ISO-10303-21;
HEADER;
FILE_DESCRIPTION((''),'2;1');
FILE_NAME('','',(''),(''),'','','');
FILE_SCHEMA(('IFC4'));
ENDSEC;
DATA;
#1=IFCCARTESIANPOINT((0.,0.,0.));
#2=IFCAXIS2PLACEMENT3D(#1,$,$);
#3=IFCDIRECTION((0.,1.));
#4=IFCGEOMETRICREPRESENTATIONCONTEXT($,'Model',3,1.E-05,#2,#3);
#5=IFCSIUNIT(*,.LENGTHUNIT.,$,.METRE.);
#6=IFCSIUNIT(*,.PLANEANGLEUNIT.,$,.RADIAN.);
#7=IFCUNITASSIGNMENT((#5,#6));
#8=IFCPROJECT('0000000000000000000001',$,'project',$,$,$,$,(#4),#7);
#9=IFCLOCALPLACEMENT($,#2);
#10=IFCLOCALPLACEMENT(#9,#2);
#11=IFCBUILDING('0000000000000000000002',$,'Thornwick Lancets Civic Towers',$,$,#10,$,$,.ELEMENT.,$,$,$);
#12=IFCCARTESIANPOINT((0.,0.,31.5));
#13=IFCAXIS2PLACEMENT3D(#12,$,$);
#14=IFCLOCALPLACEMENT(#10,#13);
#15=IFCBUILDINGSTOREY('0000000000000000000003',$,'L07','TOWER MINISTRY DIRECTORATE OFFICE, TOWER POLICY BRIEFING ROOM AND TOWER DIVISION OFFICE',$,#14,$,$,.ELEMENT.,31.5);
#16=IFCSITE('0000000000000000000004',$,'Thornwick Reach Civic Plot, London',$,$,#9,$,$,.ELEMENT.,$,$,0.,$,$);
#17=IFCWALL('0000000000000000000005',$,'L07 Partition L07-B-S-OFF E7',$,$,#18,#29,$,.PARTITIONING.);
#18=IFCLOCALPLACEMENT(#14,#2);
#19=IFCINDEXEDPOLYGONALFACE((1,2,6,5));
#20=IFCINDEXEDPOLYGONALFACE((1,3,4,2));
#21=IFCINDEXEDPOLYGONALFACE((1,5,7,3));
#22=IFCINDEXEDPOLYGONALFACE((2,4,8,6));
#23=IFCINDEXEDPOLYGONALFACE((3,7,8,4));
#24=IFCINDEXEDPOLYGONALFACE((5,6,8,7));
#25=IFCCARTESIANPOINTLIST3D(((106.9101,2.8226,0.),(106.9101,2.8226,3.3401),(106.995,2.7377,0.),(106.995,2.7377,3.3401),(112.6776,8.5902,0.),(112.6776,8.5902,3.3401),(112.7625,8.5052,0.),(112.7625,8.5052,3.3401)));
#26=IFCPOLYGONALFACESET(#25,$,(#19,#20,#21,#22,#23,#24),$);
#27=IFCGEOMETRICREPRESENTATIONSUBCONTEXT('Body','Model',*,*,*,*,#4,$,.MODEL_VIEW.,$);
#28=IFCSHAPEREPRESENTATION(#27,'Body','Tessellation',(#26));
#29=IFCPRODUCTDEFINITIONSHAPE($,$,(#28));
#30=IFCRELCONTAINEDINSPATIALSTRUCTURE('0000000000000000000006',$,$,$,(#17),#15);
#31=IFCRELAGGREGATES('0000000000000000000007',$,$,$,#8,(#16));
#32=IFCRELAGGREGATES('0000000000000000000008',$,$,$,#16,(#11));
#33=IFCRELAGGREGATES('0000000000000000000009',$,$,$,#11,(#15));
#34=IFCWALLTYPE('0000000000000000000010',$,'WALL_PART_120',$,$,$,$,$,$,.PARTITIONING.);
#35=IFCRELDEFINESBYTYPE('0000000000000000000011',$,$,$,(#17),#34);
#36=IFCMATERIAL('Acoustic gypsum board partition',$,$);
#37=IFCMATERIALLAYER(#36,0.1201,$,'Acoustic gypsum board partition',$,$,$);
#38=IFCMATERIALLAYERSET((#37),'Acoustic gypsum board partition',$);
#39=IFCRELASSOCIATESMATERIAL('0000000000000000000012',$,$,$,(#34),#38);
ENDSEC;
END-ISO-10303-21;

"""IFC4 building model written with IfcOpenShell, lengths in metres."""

from ifc_helpers import new_model, si_unit, direction, frame, frame_2d, origin, place, context, subcontext, project, spatial, rectangle, extrude, material, layer, layer_set, type_object, element, save


model = new_model("IFC4")

# Units and contexts
model_context = context("Model", 3, precision=1e-05, world=origin(), true_north=direction((0.0, 1.0)))
body_context = subcontext(model_context, "Body", "Model", "MODEL_VIEW")
ifc_project = project(units=[si_unit("LENGTHUNIT", "METRE"), si_unit("PLANEANGLEUNIT", "RADIAN")], contexts=[model_context])

# Site, building, storey
site_placement = place(None, origin())
site = spatial("IfcSite", under=ifc_project, at=site_placement, Name="Thornwick Reach Civic Plot, London", CompositionType="ELEMENT", RefElevation=0.0)
building_placement = place(site_placement, origin())
building = spatial("IfcBuilding", under=site, at=building_placement, Name="Thornwick Lancets Civic Towers", CompositionType="ELEMENT")
storey_placement = place(building_placement, frame((0.0, 0.0, 31.5)))
storey = spatial("IfcBuildingStorey", under=building, at=storey_placement, Name="L07", Description="TOWER MINISTRY DIRECTORATE OFFICE, TOWER POLICY BRIEFING ROOM AND TOWER DIVISION OFFICE", CompositionType="ELEMENT", Elevation=31.5)

# Wall
ifc_material_1 = material(Name="Acoustic gypsum board partition")
ifc_layer_1 = layer(ifc_material_1, 0.1201, Name="Acoustic gypsum board partition")
ifc_layer_set_1 = layer_set([ifc_layer_1], Name="Acoustic gypsum board partition")
wall_type_1 = type_object("IfcWallType", Name="WALL_PART_120", PredefinedType="PARTITIONING", material=ifc_layer_set_1)
wall_1_placement = place(storey_placement, frame((112.72, 8.5476, 0.0), z_axis=(0.0, 0.0, 1.0), x_axis=(-0.707107, -0.707107, 0.0)))
element("IfcWall", 1, at=wall_1_placement, inside=storey, type_object=wall_type_1, Name="L07 Partition L07-B-S-OFF E7", PredefinedType="PARTITIONING", context=body_context, shape_type="SweptSolid", body=[
    extrude(rectangle(XDim=8.1565, YDim=0.1201, at=frame_2d((4.0781, 0.0))), origin(), (0.0, 0.0, 1.0), 3.3401),
])

save(model, "model.ifc")
